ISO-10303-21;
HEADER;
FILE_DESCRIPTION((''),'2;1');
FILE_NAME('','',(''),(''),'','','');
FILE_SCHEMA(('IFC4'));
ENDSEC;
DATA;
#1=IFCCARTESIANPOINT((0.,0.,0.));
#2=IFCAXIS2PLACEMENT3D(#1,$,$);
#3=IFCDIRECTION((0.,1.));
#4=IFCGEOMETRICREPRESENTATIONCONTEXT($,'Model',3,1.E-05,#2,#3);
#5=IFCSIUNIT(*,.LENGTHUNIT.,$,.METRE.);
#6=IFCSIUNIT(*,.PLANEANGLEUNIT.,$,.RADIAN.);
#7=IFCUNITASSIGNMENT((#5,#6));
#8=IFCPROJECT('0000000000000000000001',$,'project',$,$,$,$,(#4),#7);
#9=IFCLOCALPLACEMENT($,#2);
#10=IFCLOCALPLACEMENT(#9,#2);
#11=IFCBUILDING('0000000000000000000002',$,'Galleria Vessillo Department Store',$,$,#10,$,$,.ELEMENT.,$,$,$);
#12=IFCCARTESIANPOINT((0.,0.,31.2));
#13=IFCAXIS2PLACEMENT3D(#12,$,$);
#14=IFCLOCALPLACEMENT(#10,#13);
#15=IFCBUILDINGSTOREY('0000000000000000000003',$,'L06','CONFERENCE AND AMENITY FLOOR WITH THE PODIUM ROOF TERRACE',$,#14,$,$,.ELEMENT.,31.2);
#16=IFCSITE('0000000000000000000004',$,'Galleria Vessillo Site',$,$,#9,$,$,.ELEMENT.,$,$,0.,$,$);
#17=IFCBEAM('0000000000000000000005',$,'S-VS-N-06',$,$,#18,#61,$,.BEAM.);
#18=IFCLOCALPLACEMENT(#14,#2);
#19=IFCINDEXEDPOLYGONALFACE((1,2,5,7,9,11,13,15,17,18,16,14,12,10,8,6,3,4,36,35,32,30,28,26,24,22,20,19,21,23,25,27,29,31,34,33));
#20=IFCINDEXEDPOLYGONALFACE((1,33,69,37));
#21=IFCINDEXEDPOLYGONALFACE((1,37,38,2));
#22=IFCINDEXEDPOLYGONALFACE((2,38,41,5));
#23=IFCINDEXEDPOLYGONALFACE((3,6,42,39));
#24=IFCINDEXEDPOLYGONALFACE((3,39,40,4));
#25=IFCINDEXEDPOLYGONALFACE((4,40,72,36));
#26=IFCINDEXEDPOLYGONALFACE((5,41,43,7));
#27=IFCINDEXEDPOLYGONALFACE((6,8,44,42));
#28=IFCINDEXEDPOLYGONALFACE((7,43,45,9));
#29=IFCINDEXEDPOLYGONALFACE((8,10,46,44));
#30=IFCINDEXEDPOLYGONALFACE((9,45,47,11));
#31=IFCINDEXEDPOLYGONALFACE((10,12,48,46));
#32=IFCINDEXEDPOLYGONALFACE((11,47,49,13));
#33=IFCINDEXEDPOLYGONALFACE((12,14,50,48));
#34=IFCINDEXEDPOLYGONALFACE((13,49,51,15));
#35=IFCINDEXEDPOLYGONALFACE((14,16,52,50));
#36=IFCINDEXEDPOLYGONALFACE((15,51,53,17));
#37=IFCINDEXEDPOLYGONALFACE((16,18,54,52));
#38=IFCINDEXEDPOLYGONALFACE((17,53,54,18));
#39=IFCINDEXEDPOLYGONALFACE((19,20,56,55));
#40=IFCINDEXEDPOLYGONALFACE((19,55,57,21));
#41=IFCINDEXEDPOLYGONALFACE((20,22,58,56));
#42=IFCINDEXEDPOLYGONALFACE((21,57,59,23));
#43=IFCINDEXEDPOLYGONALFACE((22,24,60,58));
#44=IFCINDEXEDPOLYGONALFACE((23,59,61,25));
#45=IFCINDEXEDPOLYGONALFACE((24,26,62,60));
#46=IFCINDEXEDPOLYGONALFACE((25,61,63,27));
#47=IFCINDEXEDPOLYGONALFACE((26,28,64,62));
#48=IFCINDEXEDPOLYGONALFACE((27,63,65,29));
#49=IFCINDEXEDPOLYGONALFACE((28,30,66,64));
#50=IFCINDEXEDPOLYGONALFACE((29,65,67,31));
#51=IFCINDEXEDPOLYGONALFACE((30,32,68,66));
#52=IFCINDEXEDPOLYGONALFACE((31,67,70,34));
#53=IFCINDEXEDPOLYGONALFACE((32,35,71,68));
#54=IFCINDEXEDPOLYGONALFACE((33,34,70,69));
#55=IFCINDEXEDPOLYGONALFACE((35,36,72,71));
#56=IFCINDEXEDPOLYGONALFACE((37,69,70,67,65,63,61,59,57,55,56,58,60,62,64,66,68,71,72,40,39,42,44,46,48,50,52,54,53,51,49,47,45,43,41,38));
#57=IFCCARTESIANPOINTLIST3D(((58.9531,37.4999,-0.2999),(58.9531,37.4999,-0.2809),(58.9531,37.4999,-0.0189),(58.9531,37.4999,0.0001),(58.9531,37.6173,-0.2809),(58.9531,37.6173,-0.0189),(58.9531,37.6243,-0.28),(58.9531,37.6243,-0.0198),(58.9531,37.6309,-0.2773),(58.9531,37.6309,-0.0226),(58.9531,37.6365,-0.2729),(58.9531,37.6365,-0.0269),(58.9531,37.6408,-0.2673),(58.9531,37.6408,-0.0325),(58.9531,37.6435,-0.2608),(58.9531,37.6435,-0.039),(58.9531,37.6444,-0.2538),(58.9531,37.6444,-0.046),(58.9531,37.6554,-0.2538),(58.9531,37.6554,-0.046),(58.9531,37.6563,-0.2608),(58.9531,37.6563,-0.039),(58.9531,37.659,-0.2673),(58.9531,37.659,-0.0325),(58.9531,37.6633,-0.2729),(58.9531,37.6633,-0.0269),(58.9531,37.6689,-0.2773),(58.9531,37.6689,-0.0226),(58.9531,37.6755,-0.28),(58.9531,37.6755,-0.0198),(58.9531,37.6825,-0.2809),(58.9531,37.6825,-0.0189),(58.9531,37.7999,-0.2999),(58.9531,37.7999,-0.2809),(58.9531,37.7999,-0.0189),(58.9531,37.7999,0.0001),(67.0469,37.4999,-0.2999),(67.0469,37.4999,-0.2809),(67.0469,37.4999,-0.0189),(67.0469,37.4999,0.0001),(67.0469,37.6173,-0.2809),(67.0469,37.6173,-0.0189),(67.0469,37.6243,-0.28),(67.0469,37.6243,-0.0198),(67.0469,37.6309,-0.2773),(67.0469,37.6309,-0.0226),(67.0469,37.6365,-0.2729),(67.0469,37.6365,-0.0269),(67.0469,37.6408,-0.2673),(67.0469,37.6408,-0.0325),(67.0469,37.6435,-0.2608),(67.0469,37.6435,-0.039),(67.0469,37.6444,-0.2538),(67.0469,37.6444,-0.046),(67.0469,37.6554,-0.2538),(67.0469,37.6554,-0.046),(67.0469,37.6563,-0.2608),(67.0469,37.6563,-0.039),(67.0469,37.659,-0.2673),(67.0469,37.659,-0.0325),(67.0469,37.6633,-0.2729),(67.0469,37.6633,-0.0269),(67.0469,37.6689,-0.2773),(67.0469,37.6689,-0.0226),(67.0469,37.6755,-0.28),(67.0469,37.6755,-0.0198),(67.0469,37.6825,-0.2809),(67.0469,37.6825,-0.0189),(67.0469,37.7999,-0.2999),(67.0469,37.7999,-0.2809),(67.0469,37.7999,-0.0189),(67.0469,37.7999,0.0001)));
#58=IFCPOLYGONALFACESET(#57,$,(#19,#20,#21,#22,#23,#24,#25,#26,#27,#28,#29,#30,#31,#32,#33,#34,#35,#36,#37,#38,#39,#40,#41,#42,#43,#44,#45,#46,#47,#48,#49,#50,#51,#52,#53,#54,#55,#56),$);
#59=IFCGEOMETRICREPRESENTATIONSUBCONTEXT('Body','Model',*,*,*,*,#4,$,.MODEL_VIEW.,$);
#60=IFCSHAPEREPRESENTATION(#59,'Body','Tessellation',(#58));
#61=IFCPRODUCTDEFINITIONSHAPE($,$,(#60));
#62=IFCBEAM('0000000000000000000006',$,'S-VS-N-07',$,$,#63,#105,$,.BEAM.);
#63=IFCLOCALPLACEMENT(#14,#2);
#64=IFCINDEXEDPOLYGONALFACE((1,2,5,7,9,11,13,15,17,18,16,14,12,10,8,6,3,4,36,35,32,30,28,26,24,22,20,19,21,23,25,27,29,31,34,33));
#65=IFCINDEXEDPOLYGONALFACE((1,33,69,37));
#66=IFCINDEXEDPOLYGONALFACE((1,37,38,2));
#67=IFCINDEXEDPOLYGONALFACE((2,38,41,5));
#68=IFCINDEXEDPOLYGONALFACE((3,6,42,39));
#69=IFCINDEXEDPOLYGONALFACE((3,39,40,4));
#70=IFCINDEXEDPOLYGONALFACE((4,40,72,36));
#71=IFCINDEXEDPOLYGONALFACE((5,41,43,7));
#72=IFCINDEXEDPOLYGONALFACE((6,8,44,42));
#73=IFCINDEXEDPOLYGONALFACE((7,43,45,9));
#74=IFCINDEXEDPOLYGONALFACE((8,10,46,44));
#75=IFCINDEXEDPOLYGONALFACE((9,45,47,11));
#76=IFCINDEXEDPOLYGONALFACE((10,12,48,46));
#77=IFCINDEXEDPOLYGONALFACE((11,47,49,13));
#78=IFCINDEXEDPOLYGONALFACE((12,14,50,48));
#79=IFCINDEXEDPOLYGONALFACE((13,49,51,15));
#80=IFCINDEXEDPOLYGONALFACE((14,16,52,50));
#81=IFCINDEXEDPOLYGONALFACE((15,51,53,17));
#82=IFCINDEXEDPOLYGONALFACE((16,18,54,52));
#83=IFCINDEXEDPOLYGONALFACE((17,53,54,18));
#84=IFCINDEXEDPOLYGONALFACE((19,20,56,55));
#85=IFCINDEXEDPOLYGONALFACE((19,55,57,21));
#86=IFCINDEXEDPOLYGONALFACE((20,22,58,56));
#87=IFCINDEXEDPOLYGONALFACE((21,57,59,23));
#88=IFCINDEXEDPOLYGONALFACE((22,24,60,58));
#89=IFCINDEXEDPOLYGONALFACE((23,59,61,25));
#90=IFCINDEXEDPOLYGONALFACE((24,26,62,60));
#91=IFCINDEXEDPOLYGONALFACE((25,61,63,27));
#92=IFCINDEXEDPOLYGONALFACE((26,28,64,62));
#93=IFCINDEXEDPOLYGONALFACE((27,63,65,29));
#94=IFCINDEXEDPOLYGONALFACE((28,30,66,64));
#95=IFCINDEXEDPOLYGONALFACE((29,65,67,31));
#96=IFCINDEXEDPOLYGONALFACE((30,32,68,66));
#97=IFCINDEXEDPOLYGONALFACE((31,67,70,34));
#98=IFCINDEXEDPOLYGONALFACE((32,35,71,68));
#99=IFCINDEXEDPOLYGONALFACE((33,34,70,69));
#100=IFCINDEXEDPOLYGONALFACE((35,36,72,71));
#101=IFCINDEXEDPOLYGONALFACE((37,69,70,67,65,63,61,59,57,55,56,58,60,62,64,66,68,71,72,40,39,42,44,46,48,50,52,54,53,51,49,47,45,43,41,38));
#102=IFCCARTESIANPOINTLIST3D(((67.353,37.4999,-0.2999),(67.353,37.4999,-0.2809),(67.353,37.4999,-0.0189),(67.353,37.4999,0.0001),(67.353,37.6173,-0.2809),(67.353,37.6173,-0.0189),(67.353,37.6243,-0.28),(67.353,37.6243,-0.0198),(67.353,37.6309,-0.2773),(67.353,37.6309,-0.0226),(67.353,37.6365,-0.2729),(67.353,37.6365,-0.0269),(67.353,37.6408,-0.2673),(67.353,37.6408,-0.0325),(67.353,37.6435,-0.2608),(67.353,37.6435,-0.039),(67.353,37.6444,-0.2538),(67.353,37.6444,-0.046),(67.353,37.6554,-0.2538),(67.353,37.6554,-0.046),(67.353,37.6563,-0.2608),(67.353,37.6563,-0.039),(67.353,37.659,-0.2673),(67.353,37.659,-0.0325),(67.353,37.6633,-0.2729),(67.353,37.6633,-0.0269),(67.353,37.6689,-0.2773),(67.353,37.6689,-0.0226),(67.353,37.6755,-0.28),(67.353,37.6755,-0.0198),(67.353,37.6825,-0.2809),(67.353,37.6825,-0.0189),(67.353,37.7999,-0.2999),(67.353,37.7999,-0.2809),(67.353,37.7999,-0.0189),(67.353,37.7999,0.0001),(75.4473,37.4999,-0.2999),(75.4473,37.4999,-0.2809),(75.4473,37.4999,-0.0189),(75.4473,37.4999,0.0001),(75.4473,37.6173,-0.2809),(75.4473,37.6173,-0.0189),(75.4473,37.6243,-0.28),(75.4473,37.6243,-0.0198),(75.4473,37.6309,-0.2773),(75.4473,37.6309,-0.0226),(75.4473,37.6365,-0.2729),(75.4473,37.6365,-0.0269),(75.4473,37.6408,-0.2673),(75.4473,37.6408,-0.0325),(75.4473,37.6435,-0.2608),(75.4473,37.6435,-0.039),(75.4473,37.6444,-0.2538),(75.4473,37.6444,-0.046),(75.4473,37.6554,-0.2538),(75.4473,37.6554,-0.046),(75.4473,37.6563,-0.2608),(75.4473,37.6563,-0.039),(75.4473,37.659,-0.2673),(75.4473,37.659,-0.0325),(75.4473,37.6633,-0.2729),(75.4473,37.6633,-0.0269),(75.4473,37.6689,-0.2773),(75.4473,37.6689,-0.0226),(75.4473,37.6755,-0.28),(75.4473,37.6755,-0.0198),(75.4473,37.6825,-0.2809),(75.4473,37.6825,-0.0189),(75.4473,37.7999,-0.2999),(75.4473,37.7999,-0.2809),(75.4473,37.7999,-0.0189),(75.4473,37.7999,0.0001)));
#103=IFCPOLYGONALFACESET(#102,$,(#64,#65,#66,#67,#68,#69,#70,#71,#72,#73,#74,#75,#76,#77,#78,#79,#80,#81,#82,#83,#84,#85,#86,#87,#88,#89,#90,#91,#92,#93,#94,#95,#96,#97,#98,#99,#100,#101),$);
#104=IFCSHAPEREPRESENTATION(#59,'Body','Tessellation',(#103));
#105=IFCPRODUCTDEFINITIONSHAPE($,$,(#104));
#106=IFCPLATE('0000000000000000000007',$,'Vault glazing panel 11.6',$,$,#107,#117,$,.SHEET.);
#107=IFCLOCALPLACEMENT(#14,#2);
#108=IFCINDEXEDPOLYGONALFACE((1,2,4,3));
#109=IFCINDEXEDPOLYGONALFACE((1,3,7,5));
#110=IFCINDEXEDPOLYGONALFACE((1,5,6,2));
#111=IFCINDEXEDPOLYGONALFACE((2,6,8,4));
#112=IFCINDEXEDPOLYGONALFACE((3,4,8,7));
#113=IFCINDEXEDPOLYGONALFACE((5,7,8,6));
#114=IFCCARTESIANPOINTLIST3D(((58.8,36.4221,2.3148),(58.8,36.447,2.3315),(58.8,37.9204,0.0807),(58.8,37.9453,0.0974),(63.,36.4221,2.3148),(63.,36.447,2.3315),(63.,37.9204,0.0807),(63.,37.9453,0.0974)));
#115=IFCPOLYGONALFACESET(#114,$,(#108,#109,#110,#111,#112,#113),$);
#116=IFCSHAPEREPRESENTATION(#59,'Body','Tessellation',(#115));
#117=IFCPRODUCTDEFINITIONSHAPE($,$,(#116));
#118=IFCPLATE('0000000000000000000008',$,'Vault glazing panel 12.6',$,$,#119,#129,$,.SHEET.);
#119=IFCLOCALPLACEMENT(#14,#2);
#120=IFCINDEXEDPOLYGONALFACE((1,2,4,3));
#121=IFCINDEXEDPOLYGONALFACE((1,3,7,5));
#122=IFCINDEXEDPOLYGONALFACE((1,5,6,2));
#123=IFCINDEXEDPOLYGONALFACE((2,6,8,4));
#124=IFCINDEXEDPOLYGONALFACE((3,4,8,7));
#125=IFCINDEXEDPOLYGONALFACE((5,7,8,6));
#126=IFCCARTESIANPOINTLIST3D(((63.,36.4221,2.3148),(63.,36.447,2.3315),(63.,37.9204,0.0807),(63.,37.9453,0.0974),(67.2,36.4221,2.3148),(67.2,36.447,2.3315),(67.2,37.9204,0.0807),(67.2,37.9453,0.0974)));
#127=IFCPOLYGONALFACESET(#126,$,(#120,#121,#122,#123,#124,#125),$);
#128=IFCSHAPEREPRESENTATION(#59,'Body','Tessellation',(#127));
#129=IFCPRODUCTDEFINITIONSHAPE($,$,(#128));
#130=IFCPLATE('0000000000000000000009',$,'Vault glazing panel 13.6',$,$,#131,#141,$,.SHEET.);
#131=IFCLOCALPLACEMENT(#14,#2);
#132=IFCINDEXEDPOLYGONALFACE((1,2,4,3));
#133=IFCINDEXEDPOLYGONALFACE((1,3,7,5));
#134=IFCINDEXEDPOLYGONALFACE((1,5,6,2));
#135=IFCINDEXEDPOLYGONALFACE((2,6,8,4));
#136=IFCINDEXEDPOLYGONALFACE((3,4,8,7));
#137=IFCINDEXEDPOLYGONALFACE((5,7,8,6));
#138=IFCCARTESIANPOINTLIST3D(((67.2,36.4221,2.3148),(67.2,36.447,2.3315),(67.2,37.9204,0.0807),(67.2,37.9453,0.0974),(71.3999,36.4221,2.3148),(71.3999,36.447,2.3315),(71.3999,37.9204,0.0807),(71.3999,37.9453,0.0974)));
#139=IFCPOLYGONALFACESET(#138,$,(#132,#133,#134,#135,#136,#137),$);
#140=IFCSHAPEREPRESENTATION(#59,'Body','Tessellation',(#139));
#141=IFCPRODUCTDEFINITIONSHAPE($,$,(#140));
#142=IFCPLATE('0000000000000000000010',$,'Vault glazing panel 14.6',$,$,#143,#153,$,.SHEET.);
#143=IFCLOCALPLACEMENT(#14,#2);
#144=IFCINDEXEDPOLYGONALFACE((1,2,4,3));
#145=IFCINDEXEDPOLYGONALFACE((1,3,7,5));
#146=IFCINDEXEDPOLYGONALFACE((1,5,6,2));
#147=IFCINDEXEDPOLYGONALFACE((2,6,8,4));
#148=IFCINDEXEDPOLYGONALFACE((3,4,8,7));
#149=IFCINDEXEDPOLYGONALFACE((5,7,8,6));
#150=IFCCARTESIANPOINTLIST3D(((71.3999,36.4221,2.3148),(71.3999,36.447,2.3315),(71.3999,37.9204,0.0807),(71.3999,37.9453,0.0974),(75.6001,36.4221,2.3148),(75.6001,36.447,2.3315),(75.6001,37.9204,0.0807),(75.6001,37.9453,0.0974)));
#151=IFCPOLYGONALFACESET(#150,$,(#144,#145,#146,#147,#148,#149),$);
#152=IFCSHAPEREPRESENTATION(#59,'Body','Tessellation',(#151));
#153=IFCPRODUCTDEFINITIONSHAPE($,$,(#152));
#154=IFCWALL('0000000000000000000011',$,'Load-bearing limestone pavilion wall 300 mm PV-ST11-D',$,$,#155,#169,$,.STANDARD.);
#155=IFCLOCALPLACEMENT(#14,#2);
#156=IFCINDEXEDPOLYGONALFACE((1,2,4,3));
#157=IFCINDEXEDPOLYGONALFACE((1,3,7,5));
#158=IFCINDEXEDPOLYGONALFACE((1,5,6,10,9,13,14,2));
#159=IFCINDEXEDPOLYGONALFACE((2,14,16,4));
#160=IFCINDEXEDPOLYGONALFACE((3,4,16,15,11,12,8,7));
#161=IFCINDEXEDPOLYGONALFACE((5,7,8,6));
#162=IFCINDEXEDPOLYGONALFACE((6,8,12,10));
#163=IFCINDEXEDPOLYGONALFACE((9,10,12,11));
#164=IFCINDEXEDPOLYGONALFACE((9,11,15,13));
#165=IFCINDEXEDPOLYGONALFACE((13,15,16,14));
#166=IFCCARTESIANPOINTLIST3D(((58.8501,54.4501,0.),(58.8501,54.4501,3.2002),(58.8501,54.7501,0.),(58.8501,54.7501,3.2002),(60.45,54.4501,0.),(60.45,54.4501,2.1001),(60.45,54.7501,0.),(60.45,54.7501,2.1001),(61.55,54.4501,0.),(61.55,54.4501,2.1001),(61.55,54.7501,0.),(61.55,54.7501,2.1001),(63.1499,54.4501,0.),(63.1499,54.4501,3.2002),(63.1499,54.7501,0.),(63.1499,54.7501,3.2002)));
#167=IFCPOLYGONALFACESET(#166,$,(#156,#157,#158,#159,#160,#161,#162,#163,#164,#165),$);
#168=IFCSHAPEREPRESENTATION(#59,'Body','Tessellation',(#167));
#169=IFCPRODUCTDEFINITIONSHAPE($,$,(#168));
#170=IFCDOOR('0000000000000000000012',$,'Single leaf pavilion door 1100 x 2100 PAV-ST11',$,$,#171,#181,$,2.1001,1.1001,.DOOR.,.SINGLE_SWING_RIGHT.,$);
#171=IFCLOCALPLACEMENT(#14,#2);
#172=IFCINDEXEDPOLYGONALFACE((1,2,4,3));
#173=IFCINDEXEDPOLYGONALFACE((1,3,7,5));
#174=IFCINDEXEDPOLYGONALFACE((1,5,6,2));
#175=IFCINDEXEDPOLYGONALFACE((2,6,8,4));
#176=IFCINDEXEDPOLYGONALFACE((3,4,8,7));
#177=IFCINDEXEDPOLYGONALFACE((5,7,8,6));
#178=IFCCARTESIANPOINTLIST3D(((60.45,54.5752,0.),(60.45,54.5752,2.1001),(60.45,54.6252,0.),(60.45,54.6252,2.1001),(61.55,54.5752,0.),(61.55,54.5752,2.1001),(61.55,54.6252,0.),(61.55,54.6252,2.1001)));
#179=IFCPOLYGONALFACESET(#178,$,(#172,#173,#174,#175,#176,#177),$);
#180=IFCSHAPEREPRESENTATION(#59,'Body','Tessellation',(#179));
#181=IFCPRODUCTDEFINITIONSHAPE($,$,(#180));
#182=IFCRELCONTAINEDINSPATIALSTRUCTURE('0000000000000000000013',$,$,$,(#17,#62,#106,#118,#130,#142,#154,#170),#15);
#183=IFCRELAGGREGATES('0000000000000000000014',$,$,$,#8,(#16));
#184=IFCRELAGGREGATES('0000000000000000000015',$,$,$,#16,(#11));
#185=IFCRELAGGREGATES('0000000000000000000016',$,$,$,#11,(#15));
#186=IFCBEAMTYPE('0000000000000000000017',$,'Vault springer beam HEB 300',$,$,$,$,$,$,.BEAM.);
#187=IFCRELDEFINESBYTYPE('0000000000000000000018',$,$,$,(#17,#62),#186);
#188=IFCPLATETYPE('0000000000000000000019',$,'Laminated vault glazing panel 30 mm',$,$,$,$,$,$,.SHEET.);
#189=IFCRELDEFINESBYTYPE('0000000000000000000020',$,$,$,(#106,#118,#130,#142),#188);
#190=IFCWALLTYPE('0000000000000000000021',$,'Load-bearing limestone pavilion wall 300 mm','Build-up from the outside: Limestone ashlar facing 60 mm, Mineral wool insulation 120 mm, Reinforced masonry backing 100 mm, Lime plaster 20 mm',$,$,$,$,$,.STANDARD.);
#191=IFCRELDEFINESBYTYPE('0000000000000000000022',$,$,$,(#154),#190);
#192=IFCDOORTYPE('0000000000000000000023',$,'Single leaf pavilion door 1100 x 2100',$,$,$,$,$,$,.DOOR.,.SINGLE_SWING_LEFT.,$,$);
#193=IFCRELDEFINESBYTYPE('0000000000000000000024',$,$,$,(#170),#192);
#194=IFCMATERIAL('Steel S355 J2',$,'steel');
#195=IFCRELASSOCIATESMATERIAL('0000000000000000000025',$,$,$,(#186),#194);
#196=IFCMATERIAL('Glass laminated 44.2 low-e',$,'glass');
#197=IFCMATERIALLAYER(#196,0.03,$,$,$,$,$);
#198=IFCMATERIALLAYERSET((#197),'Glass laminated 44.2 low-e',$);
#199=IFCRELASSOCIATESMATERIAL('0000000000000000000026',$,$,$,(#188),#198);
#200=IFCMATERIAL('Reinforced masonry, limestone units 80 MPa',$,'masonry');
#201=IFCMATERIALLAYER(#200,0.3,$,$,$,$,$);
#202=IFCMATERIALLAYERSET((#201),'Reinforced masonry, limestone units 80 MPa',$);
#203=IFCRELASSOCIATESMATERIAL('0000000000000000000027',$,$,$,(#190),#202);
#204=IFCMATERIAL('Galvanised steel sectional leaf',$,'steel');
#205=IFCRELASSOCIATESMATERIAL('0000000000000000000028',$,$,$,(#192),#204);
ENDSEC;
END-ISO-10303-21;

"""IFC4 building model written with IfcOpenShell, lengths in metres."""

from ifc_helpers import new_model, si_unit, direction, frame, frame_2d, origin, origin_2d, place, context, subcontext, project, spatial, polyline, rectangle, i_section, outline, extrude, material, layer, layer_set, material_profile, profile_set, type_object, element, fill, save


model = new_model("IFC4")

# Units and contexts
model_context = context("Model", 3, precision=1e-05, world=origin(), true_north=direction((0.0, 1.0)))
body_context = subcontext(model_context, "Body", "Model", "MODEL_VIEW")
ifc_project = project(units=[si_unit("LENGTHUNIT", "METRE"), si_unit("PLANEANGLEUNIT", "RADIAN")], contexts=[model_context])

# Site, building, storey
site_placement = place(None, origin())
site = spatial("IfcSite", under=ifc_project, at=site_placement, Name="Galleria Vessillo Site", CompositionType="ELEMENT", RefElevation=0.0)
building_placement = place(site_placement, origin())
building = spatial("IfcBuilding", under=site, at=building_placement, Name="Galleria Vessillo Department Store", CompositionType="ELEMENT")
storey_placement = place(building_placement, frame((0.0, 0.0, 31.2)))
storey = spatial("IfcBuildingStorey", under=building, at=storey_placement, Name="L06", Description="CONFERENCE AND AMENITY FLOOR WITH THE PODIUM ROOF TERRACE", CompositionType="ELEMENT", Elevation=31.2)

# Beams
ifc_material_1 = material(Name="Steel S355 J2", Category="steel")
ifc_material_profile_1 = material_profile(ifc_material_1, i_section(OverallWidth=0.3, OverallDepth=0.3, WebThickness=0.011, FlangeThickness=0.019, FilletRadius=0.0271, at=origin_2d()), Name="HEB 300")
ifc_profile_set_1 = profile_set([ifc_material_profile_1], Name="Steel S355 J2")
beam_type_1 = type_object("IfcBeamType", Name="Vault springer beam HEB 300", PredefinedType="BEAM", material=ifc_profile_set_1)
beam_1_placement = place(storey_placement, frame((58.9531, 37.6499, -0.1499), z_axis=(1.0, 0.0, 0.0), x_axis=(0.0, 1.0, 0.0)))
element("IfcBeam", 1, at=beam_1_placement, inside=storey, type_object=beam_type_1, Name="S-VS-N-06", PredefinedType="BEAM", context=body_context, shape_type="SweptSolid", body=[
    extrude(i_section(OverallWidth=0.3, OverallDepth=0.3, WebThickness=0.011, FlangeThickness=0.019, FilletRadius=0.0271, at=origin_2d()), origin(), (0.0, 0.0, 1.0), 8.0938),
])
beam_2_placement = place(storey_placement, frame((67.353, 37.6499, -0.1499), z_axis=(1.0, 0.0, 0.0), x_axis=(0.0, 1.0, 0.0)))
element("IfcBeam", 2, at=beam_2_placement, inside=storey, type_object=beam_type_1, Name="S-VS-N-07", PredefinedType="BEAM", context=body_context, shape_type="SweptSolid", body=[
    extrude(i_section(OverallWidth=0.3, OverallDepth=0.3, WebThickness=0.011, FlangeThickness=0.019, FilletRadius=0.0271, at=origin_2d()), origin(), (0.0, 0.0, 1.0), 8.0942),
])

# Plates
ifc_material_2 = material(Name="Glass laminated 44.2 low-e", Category="glass")
ifc_layer_1 = layer(ifc_material_2, 0.03)
ifc_layer_set_1 = layer_set([ifc_layer_1], Name="Glass laminated 44.2 low-e")
plate_type = type_object("IfcPlateType", Name="Laminated vault glazing panel 30 mm", PredefinedType="SHEET", material=ifc_layer_set_1)
for number, where, z_axis, x_axis, name in (
    (3, (58.8, 36.447, 2.3315), (0.0, 0.830525, 0.556981), (1.0, 0.0, 0.0), "Vault glazing panel 11.6"),
    (4, (63.0, 36.447, 2.3315), (0.0, 0.830525, 0.556981), (1.0, 0.0, 0.0), "Vault glazing panel 12.6"),
    (5, (67.2, 36.447, 2.3315), (0.0, 0.830525, 0.556981), (1.0, 0.0, 0.0), "Vault glazing panel 13.6"),
):
    element("IfcPlate", number, at=place(storey_placement, frame(where, z_axis=z_axis, x_axis=x_axis)), inside=storey, type_object=plate_type, Name=name, PredefinedType="SHEET", context=body_context, shape_type="SweptSolid", body=[
        extrude(outline(polyline([(0.0, 0.0), (4.2, 0.0), (4.2, 2.69), (0.0, 2.69), (0.0, 0.0)])), origin(), (0.0, 0.0, -1.0), 0.03),
    ])
plate_placement = place(storey_placement, frame((71.3999, 36.447, 2.3315), z_axis=(0.0, 0.830525, 0.556981), x_axis=(1.0, 0.0, 0.0)))
element("IfcPlate", 6, at=plate_placement, inside=storey, type_object=plate_type, Name="Vault glazing panel 14.6", PredefinedType="SHEET", context=body_context, shape_type="SweptSolid", body=[
    extrude(outline(polyline([(0.0, 0.0), (4.2002, 0.0), (4.2002, 2.69), (0.0, 2.69), (0.0, 0.0)])), origin(), (0.0, 0.0, -1.0), 0.03),
])

# Wall, opening, door
ifc_material_3 = material(Name="Reinforced masonry, limestone units 80 MPa", Category="masonry")
ifc_layer_2 = layer(ifc_material_3, 0.3)
ifc_layer_set_2 = layer_set([ifc_layer_2], Name="Reinforced masonry, limestone units 80 MPa")
wall_type = type_object("IfcWallType", Name="Load-bearing limestone pavilion wall 300 mm", Description="Build-up from the outside: Limestone ashlar facing 60 mm, Mineral wool insulation 120 mm, Reinforced masonry backing 100 mm, Lime plaster 20 mm", PredefinedType="STANDARD", material=ifc_layer_set_2)
wall_placement = place(storey_placement, frame((58.8501, 54.6001, 0.0), z_axis=(0.0, 0.0, 1.0), x_axis=(1.0, 0.0, 0.0)))
wall = element("IfcWall", 7, at=wall_placement, inside=storey, type_object=wall_type, Name="Load-bearing limestone pavilion wall 300 mm PV-ST11-D", PredefinedType="STANDARD", context=body_context, shape_type="SweptSolid", body=[
    extrude(rectangle(XDim=4.2998, YDim=0.3, at=frame_2d((2.1499, 0.0))), origin(), (0.0, 0.0, 1.0), 3.2002),
])
opening_placement = place(wall_placement, frame((1.5999, 0.0, 0.0)))
opening = element("IfcOpeningElement", 8, at=opening_placement, cuts=wall, PredefinedType="OPENING", context=body_context, shape_type="SweptSolid", body=[
    extrude(rectangle(XDim=1.1001, YDim=2.1001, at=frame_2d((0.55, 1.05))), frame((0.0, 0.1602, 0.0), z_axis=(0.0, -1.0, 0.0), x_axis=(1.0, 0.0, 0.0)), (0.0, 0.0, 1.0), 0.3201),
])
ifc_material_4 = material(Name="Galvanised steel sectional leaf", Category="steel")
door_type = type_object("IfcDoorType", Name="Single leaf pavilion door 1100 x 2100", OperationType="SINGLE_SWING_LEFT", PredefinedType="DOOR", material=ifc_material_4)
door_placement = place(opening_placement, frame((1.1001, 0.0, 0.0), z_axis=(0.0, 0.0, 1.0), x_axis=(-1.0, 0.0, 0.0)))
door = element("IfcDoor", 9, at=door_placement, inside=storey, type_object=door_type, Name="Single leaf pavilion door 1100 x 2100 PAV-ST11", OperationType="SINGLE_SWING_RIGHT", OverallHeight=2.1001, OverallWidth=1.1001, PredefinedType="DOOR", context=body_context, shape_type="SweptSolid", body=[
    extrude(rectangle(XDim=1.1001, YDim=2.1001, at=frame_2d((0.55, 1.05))), frame((0.0, 0.0249, 0.0), z_axis=(0.0, -1.0, 0.0), x_axis=(1.0, 0.0, 0.0)), (0.0, 0.0, 1.0), 0.05),
])
fill(opening, door)

save(model, "model.ifc")
